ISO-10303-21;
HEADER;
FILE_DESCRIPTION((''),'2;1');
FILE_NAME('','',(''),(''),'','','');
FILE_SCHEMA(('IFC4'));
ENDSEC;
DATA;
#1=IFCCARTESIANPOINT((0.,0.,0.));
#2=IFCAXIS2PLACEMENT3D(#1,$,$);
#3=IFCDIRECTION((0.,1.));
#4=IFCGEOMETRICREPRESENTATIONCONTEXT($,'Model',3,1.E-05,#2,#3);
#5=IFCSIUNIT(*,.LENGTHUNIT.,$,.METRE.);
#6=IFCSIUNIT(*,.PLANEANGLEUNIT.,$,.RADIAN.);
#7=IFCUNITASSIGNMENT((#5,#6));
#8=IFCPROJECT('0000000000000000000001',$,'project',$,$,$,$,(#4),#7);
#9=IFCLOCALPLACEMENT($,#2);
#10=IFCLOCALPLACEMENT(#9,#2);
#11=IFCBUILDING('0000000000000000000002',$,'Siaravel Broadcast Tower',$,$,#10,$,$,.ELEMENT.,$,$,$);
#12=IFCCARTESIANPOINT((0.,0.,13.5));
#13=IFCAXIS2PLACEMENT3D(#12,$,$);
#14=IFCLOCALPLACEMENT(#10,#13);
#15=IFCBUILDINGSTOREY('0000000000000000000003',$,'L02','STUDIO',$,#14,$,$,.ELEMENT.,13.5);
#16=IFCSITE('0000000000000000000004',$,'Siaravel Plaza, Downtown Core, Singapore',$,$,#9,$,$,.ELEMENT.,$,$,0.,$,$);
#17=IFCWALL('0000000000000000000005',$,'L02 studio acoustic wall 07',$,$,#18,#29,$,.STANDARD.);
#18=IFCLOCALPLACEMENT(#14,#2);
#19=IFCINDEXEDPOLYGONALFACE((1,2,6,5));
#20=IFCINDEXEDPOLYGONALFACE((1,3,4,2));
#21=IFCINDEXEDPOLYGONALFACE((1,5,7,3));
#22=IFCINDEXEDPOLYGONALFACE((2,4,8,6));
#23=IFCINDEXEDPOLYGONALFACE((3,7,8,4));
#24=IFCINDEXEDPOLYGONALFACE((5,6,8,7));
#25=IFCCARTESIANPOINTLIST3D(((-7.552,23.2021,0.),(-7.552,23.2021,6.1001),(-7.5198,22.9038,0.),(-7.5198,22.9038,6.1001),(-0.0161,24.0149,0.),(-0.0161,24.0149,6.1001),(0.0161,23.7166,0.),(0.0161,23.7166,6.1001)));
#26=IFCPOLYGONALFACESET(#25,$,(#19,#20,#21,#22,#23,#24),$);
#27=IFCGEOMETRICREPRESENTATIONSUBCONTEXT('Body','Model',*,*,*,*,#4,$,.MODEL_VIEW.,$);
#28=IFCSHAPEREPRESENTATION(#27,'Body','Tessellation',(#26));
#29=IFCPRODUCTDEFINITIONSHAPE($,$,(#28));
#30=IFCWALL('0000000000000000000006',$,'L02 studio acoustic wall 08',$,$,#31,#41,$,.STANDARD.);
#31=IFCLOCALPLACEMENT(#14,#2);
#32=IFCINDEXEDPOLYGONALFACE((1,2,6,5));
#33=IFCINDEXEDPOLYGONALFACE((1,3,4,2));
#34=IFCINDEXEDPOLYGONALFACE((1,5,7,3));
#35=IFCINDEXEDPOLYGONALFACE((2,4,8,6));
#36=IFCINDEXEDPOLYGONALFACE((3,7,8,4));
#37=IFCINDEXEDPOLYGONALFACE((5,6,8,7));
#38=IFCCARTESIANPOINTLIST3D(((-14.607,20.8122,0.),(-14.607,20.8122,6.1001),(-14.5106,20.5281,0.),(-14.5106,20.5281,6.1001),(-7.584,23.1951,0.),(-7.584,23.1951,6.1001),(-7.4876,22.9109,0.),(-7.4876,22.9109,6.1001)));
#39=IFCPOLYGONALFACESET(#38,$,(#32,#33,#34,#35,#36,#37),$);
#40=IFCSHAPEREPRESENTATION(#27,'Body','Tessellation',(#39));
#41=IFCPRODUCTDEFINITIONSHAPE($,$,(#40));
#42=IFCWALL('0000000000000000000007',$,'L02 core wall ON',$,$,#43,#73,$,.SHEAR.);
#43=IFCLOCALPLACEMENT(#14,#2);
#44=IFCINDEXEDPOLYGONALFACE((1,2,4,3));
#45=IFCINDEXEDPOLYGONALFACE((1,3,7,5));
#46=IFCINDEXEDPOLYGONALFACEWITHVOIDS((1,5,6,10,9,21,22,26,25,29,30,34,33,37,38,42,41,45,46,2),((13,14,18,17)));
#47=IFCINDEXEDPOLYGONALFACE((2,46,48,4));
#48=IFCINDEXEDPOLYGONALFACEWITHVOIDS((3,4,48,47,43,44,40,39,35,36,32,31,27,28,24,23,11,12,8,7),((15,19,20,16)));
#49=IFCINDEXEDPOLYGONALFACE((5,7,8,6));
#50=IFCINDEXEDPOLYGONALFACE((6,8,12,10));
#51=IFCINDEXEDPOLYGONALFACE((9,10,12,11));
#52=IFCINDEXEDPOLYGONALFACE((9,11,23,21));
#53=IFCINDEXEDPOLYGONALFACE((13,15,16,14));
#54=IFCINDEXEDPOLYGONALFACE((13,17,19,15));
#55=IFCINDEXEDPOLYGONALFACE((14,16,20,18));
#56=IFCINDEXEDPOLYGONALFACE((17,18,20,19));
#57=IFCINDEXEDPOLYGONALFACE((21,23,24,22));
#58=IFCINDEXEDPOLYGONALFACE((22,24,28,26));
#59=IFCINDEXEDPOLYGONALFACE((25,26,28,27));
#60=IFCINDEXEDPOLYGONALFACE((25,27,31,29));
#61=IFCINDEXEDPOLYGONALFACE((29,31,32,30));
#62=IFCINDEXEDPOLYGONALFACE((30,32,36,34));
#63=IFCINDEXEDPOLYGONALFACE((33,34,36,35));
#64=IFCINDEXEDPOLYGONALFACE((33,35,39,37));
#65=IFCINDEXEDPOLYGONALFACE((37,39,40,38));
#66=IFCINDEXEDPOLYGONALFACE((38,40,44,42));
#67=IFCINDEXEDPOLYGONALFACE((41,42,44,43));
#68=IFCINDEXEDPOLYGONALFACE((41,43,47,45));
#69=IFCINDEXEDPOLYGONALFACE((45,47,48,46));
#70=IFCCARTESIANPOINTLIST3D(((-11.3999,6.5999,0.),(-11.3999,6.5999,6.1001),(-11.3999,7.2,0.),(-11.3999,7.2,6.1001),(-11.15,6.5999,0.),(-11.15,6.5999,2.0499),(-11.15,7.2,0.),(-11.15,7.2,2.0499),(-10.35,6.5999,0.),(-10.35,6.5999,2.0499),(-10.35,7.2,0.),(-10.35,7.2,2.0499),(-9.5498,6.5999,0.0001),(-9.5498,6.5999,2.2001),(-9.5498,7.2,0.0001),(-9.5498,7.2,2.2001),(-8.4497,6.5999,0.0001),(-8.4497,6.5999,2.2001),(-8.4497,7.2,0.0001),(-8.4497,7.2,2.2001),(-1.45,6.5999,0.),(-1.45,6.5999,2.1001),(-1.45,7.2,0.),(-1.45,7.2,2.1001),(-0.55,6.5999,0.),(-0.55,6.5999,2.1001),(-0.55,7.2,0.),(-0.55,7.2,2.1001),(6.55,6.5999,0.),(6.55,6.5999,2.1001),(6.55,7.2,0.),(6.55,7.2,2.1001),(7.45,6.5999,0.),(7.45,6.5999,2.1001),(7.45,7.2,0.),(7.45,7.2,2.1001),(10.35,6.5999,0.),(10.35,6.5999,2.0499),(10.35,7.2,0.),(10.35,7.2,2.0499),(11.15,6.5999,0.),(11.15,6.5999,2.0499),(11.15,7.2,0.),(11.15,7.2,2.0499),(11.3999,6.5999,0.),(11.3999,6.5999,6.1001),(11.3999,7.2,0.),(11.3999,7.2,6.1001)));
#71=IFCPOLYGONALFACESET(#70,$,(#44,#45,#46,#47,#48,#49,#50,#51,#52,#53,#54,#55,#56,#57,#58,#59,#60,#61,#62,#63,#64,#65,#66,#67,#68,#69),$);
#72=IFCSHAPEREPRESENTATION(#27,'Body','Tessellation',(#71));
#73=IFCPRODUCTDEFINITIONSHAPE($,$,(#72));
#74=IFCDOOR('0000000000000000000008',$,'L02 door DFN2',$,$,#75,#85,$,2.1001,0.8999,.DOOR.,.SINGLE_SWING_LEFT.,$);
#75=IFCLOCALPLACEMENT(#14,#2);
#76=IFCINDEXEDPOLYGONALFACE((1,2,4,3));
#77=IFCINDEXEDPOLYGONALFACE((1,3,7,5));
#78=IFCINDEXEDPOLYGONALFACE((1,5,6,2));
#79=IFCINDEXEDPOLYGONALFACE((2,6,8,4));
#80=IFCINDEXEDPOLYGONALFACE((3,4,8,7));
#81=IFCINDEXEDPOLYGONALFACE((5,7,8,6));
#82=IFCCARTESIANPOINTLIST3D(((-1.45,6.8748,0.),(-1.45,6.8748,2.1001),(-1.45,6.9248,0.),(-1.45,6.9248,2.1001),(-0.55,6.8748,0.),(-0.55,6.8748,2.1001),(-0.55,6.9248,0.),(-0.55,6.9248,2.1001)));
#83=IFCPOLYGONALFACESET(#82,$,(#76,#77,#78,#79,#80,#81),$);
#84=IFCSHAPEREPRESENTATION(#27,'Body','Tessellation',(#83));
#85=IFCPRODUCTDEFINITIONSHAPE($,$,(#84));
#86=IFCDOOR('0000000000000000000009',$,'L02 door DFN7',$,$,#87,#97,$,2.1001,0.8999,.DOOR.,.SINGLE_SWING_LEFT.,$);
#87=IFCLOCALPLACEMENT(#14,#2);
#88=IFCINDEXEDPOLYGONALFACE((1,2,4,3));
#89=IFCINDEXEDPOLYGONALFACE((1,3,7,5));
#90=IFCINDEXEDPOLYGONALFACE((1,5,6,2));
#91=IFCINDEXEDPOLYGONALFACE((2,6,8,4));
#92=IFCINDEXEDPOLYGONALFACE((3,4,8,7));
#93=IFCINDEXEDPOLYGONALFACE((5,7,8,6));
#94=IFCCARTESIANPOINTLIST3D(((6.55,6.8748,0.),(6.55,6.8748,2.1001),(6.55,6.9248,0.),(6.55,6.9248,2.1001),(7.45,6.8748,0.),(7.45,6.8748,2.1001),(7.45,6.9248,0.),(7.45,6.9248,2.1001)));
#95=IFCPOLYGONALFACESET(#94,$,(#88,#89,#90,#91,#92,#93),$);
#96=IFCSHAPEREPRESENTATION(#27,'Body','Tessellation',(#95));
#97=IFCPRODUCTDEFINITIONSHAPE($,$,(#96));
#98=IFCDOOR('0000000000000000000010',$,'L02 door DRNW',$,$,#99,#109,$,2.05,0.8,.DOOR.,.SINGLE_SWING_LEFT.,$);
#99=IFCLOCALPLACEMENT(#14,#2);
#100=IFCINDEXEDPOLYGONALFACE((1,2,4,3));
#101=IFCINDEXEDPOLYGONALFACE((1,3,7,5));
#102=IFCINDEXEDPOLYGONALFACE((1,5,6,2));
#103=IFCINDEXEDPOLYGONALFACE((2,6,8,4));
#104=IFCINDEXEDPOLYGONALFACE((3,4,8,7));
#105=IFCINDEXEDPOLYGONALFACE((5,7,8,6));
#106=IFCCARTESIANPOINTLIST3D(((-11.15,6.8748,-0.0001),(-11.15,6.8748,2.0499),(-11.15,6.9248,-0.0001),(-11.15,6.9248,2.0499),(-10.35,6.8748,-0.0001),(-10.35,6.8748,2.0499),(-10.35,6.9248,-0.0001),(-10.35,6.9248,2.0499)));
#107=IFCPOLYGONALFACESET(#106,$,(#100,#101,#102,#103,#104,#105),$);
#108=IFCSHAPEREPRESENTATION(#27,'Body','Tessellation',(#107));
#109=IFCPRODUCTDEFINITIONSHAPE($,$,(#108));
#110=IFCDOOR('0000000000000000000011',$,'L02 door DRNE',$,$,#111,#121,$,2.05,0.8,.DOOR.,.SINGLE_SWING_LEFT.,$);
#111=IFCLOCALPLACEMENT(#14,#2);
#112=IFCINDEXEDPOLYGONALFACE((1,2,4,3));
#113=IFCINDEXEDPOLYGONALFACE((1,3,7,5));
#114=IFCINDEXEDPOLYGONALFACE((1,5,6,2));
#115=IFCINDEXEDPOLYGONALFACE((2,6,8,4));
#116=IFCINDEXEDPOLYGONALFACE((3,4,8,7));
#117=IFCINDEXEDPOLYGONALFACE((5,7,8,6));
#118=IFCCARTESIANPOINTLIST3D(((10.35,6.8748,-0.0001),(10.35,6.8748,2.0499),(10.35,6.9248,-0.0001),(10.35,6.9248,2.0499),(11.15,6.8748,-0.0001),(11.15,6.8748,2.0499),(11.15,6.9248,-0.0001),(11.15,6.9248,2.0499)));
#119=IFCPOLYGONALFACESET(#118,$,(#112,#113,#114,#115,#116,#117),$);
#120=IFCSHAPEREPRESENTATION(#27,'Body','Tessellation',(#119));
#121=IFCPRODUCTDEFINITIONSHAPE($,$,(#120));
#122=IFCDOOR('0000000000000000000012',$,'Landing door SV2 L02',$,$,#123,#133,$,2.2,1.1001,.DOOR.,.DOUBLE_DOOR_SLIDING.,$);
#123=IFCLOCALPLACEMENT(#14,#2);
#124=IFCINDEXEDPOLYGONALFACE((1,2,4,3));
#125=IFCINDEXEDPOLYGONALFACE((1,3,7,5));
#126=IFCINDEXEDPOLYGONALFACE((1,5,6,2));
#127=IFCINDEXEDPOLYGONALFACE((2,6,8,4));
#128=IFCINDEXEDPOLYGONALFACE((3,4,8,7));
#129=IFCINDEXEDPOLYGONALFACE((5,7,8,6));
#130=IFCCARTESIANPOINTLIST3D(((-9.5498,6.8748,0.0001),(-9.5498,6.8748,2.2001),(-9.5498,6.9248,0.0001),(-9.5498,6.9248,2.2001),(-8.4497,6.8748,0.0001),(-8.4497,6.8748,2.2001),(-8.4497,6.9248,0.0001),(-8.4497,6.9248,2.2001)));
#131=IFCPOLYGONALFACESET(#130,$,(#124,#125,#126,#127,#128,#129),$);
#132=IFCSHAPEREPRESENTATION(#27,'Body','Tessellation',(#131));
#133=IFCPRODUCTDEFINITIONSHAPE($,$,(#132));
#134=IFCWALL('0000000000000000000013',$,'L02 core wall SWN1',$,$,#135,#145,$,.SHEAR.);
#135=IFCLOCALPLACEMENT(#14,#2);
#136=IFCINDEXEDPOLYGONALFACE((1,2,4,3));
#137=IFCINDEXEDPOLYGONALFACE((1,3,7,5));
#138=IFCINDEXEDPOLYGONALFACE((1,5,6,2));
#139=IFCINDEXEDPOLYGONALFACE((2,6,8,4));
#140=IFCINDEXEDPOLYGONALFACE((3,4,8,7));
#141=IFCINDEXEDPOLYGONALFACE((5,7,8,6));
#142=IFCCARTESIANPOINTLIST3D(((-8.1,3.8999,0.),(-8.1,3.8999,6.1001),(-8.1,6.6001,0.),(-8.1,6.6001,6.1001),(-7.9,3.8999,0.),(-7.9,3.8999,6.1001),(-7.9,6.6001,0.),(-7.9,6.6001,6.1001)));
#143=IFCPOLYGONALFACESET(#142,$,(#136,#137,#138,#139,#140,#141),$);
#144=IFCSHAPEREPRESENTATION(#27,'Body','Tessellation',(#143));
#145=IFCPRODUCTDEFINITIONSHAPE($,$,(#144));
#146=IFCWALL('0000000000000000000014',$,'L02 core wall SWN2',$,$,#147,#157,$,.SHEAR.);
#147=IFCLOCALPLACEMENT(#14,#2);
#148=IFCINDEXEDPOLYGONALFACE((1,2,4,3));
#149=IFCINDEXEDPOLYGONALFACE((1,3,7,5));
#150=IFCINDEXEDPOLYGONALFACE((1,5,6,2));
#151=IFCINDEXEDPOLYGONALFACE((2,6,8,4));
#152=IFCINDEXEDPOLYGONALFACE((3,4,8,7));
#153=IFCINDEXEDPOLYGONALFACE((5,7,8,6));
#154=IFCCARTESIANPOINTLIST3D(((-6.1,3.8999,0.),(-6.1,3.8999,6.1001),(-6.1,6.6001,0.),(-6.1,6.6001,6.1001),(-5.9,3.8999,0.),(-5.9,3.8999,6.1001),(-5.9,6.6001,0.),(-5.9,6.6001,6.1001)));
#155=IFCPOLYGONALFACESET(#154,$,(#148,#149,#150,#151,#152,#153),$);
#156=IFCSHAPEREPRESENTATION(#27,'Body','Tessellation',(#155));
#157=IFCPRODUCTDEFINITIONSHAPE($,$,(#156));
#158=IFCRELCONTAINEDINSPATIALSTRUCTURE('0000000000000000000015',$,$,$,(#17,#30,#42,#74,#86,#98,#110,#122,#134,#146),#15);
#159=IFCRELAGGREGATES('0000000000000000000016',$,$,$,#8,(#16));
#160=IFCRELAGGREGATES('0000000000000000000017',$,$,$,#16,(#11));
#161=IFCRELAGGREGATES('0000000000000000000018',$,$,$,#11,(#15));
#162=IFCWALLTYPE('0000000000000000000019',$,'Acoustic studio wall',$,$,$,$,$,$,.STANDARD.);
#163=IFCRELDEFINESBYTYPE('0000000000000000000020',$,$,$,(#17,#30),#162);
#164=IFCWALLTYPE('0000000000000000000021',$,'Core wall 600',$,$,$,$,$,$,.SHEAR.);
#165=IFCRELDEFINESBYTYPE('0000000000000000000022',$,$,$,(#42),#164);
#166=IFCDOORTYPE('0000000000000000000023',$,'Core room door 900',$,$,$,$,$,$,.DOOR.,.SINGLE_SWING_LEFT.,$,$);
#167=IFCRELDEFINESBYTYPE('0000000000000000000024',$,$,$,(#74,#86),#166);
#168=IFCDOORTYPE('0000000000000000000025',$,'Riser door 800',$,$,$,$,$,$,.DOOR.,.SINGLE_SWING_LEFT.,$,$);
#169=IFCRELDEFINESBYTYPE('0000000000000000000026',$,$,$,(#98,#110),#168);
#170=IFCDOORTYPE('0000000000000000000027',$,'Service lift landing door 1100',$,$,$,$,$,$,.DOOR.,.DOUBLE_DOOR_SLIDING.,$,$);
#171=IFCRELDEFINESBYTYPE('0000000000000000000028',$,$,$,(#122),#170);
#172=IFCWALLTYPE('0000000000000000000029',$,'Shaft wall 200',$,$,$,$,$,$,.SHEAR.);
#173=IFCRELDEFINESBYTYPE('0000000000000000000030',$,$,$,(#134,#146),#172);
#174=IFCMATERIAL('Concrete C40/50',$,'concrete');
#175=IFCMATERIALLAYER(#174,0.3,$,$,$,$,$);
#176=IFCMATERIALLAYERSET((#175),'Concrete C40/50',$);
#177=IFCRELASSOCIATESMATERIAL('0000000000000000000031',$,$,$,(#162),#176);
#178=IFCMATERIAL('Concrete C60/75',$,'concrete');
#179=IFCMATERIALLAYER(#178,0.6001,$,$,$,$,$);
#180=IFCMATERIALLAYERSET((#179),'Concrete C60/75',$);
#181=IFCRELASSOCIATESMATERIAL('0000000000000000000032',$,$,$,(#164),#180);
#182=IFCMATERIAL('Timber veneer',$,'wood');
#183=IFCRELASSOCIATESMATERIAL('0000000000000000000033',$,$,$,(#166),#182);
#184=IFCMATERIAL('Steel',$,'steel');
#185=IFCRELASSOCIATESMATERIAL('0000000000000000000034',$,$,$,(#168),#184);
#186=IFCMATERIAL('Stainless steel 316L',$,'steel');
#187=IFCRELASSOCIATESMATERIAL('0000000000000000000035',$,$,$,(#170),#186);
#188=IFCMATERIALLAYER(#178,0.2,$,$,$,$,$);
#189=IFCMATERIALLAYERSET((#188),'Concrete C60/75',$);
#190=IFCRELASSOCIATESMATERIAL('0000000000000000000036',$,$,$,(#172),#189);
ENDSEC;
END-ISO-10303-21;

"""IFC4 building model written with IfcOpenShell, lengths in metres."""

from ifc_helpers import new_model, si_unit, direction, frame, frame_2d, origin, place, context, subcontext, project, spatial, rectangle, extrude, material, layer, layer_set, type_object, element, fill, save


model = new_model("IFC4")

# Units and contexts
model_context = context("Model", 3, precision=1e-05, world=origin(), true_north=direction((0.0, 1.0)))
body_context = subcontext(model_context, "Body", "Model", "MODEL_VIEW")
ifc_project = project(units=[si_unit("LENGTHUNIT", "METRE"), si_unit("PLANEANGLEUNIT", "RADIAN")], contexts=[model_context])

# Site, building, storey
site_placement = place(None, origin())
site = spatial("IfcSite", under=ifc_project, at=site_placement, Name="Siaravel Plaza, Downtown Core, Singapore", CompositionType="ELEMENT", RefElevation=0.0)
building_placement = place(site_placement, origin())
building = spatial("IfcBuilding", under=site, at=building_placement, Name="Siaravel Broadcast Tower", CompositionType="ELEMENT")
storey_placement = place(building_placement, frame((0.0, 0.0, 13.5)))
storey = spatial("IfcBuildingStorey", under=building, at=storey_placement, Name="L02", Description="STUDIO", CompositionType="ELEMENT", Elevation=13.5)

# Walls
ifc_material_1 = material(Name="Concrete C40/50", Category="concrete")
ifc_layer_1 = layer(ifc_material_1, 0.3)
ifc_layer_set_1 = layer_set([ifc_layer_1], Name="Concrete C40/50")
wall_type_1 = type_object("IfcWallType", Name="Acoustic studio wall", PredefinedType="STANDARD", material=ifc_layer_set_1)
wall_1_placement = place(storey_placement, frame((0.0, 23.8657, 0.0), z_axis=(0.0, 0.0, 1.0), x_axis=(-0.994234, -0.107228, 0.0)))
element("IfcWall", 1, at=wall_1_placement, inside=storey, type_object=wall_type_1, Name="L02 studio acoustic wall 07", PredefinedType="STANDARD", context=body_context, shape_type="SweptSolid", body=[
    extrude(rectangle(XDim=7.5796, YDim=0.3, at=frame_2d((3.7898, 0.0))), origin(), (0.0, 0.0, 1.0), 6.1001),
])
wall_2_placement = place(storey_placement, frame((-7.5359, 23.053, 0.0), z_axis=(0.0, 0.0, 1.0), x_axis=(-0.946978, -0.3213, 0.0)))
element("IfcWall", 2, at=wall_2_placement, inside=storey, type_object=wall_type_1, Name="L02 studio acoustic wall 08", PredefinedType="STANDARD", context=body_context, shape_type="SweptSolid", body=[
    extrude(rectangle(XDim=7.4163, YDim=0.3, at=frame_2d((3.708, 0.0))), origin(), (0.0, 0.0, 1.0), 6.1001),
])

# Wall, openings, doors
ifc_material_2 = material(Name="Concrete C60/75", Category="concrete")
ifc_layer_2 = layer(ifc_material_2, 0.6001)
ifc_layer_set_2 = layer_set([ifc_layer_2], Name="Concrete C60/75")
wall_type_2 = type_object("IfcWallType", Name="Core wall 600", PredefinedType="SHEAR", material=ifc_layer_set_2)
wall_3_placement = place(storey_placement, frame((-11.3999, 6.8999, 0.0), z_axis=(0.0, 0.0, 1.0), x_axis=(1.0, 0.0, 0.0)))
wall_3 = element("IfcWall", 3, at=wall_3_placement, inside=storey, type_object=wall_type_2, Name="L02 core wall ON", PredefinedType="SHEAR", context=body_context, shape_type="SweptSolid", body=[
    extrude(rectangle(XDim=22.7998, YDim=0.6001, at=frame_2d((11.3999, 0.0))), origin(), (0.0, 0.0, 1.0), 6.1001),
])
opening_1_placement = place(wall_3_placement, frame((1.8501, 0.0, 0.0)))
opening_1 = element("IfcOpeningElement", 4, at=opening_1_placement, cuts=wall_3, PredefinedType="OPENING", context=body_context, shape_type="SweptSolid", body=[
    extrude(rectangle(XDim=1.1001, YDim=2.2, at=frame_2d((0.55, 1.1001))), frame((0.0, 0.3101, 0.0), z_axis=(0.0, -1.0, 0.0), x_axis=(1.0, 0.0, 0.0)), (0.0, 0.0, 1.0), 0.6201),
])
opening_2_placement = place(wall_3_placement, frame((9.95, 0.0, 0.0)))
opening_2 = element("IfcOpeningElement", 5, at=opening_2_placement, cuts=wall_3, PredefinedType="OPENING", context=body_context, shape_type="SweptSolid", body=[
    extrude(rectangle(XDim=0.8999, YDim=2.1001, at=frame_2d((0.45, 1.05))), frame((0.0, 0.3101, 0.0), z_axis=(0.0, -1.0, 0.0), x_axis=(1.0, 0.0, 0.0)), (0.0, 0.0, 1.0), 0.6201),
])
opening_3_placement = place(wall_3_placement, frame((17.95, 0.0, 0.0)))
opening_3 = element("IfcOpeningElement", 6, at=opening_3_placement, cuts=wall_3, PredefinedType="OPENING", context=body_context, shape_type="SweptSolid", body=[
    extrude(rectangle(XDim=0.8999, YDim=2.1001, at=frame_2d((0.45, 1.05))), frame((0.0, 0.3101, 0.0), z_axis=(0.0, -1.0, 0.0), x_axis=(1.0, 0.0, 0.0)), (0.0, 0.0, 1.0), 0.6201),
])
opening_4_placement = place(wall_3_placement, frame((0.25, 0.0, 0.0)))
opening_4 = element("IfcOpeningElement", 7, at=opening_4_placement, cuts=wall_3, PredefinedType="OPENING", context=body_context, shape_type="SweptSolid", body=[
    extrude(rectangle(XDim=0.8, YDim=2.05, at=frame_2d((0.3999, 1.0249))), frame((0.0, 0.3101, 0.0), z_axis=(0.0, -1.0, 0.0), x_axis=(1.0, 0.0, 0.0)), (0.0, 0.0, 1.0), 0.6201),
])
opening_5_placement = place(wall_3_placement, frame((21.75, 0.0, 0.0)))
opening_5 = element("IfcOpeningElement", 8, at=opening_5_placement, cuts=wall_3, PredefinedType="OPENING", context=body_context, shape_type="SweptSolid", body=[
    extrude(rectangle(XDim=0.8, YDim=2.05, at=frame_2d((0.3999, 1.0249))), frame((0.0, 0.3101, 0.0), z_axis=(0.0, -1.0, 0.0), x_axis=(1.0, 0.0, 0.0)), (0.0, 0.0, 1.0), 0.6201),
])
ifc_material_3 = material(Name="Timber veneer", Category="wood")
door_type_1 = type_object("IfcDoorType", Name="Core room door 900", OperationType="SINGLE_SWING_LEFT", PredefinedType="DOOR", material=ifc_material_3)
door_1_placement = place(opening_2_placement, origin())
door_1 = element("IfcDoor", 9, at=door_1_placement, inside=storey, type_object=door_type_1, Name="L02 door DFN2", OperationType="SINGLE_SWING_LEFT", OverallHeight=2.1001, OverallWidth=0.8999, PredefinedType="DOOR", context=body_context, shape_type="SweptSolid", body=[
    extrude(rectangle(XDim=0.8999, YDim=2.1001, at=frame_2d((0.45, 1.05))), frame((0.0, 0.0249, 0.0), z_axis=(0.0, -1.0, 0.0), x_axis=(1.0, 0.0, 0.0)), (0.0, 0.0, 1.0), 0.05),
])
fill(opening_2, door_1)
door_2_placement = place(opening_3_placement, origin())
door_2 = element("IfcDoor", 10, at=door_2_placement, inside=storey, type_object=door_type_1, Name="L02 door DFN7", OperationType="SINGLE_SWING_LEFT", OverallHeight=2.1001, OverallWidth=0.8999, PredefinedType="DOOR", context=body_context, shape_type="SweptSolid", body=[
    extrude(rectangle(XDim=0.8999, YDim=2.1001, at=frame_2d((0.45, 1.05))), frame((0.0, 0.0249, 0.0), z_axis=(0.0, -1.0, 0.0), x_axis=(1.0, 0.0, 0.0)), (0.0, 0.0, 1.0), 0.05),
])
fill(opening_3, door_2)
ifc_material_4 = material(Name="Steel", Category="steel")
door_type_2 = type_object("IfcDoorType", Name="Riser door 800", OperationType="SINGLE_SWING_LEFT", PredefinedType="DOOR", material=ifc_material_4)
door_3_placement = place(opening_4_placement, origin())
door_3 = element("IfcDoor", 11, at=door_3_placement, inside=storey, type_object=door_type_2, Name="L02 door DRNW", OperationType="SINGLE_SWING_LEFT", OverallHeight=2.05, OverallWidth=0.8, PredefinedType="DOOR", context=body_context, shape_type="SweptSolid", body=[
    extrude(rectangle(XDim=0.8, YDim=2.05, at=frame_2d((0.3999, 1.0249))), frame((0.0, 0.0249, 0.0), z_axis=(0.0, -1.0, 0.0), x_axis=(1.0, 0.0, 0.0)), (0.0, 0.0, 1.0), 0.05),
])
fill(opening_4, door_3)
door_4_placement = place(opening_5_placement, origin())
door_4 = element("IfcDoor", 12, at=door_4_placement, inside=storey, type_object=door_type_2, Name="L02 door DRNE", OperationType="SINGLE_SWING_LEFT", OverallHeight=2.05, OverallWidth=0.8, PredefinedType="DOOR", context=body_context, shape_type="SweptSolid", body=[
    extrude(rectangle(XDim=0.8, YDim=2.05, at=frame_2d((0.3999, 1.0249))), frame((0.0, 0.0249, 0.0), z_axis=(0.0, -1.0, 0.0), x_axis=(1.0, 0.0, 0.0)), (0.0, 0.0, 1.0), 0.05),
])
fill(opening_5, door_4)
ifc_material_5 = material(Name="Stainless steel 316L", Category="steel")
door_type_3 = type_object("IfcDoorType", Name="Service lift landing door 1100", OperationType="DOUBLE_DOOR_SLIDING", PredefinedType="DOOR", material=ifc_material_5)
door_5_placement = place(opening_1_placement, origin())
door_5 = element("IfcDoor", 13, at=door_5_placement, inside=storey, type_object=door_type_3, Name="Landing door SV2 L02", OperationType="DOUBLE_DOOR_SLIDING", OverallHeight=2.2, OverallWidth=1.1001, PredefinedType="DOOR", context=body_context, shape_type="SweptSolid", body=[
    extrude(rectangle(XDim=1.1001, YDim=2.2, at=frame_2d((0.55, 1.1001))), frame((0.0, 0.0249, 0.0), z_axis=(0.0, -1.0, 0.0), x_axis=(1.0, 0.0, 0.0)), (0.0, 0.0, 1.0), 0.05),
])
fill(opening_1, door_5)

# Walls
ifc_layer_3 = layer(ifc_material_2, 0.2)
ifc_layer_set_3 = layer_set([ifc_layer_3], Name="Concrete C60/75")
wall_type_3 = type_object("IfcWallType", Name="Shaft wall 200", PredefinedType="SHEAR", material=ifc_layer_set_3)
for number, where, z_axis, x_axis, name in (
    (14, (-8.0, 3.8999, 0.0), (0.0, 0.0, 1.0), (0.0, 1.0, 0.0), "L02 core wall SWN1"),
    (15, (-6.0, 3.8999, 0.0), (0.0, 0.0, 1.0), (0.0, 1.0, 0.0), "L02 core wall SWN2"),
):
    element("IfcWall", number, at=place(storey_placement, frame(where, z_axis=z_axis, x_axis=x_axis)), inside=storey, type_object=wall_type_3, Name=name, PredefinedType="SHEAR", context=body_context, shape_type="SweptSolid", body=[
        extrude(rectangle(XDim=2.7002, YDim=0.2, at=frame_2d((1.3501, 0.0))), origin(), (0.0, 0.0, 1.0), 6.1001),
    ])

save(model, "model.ifc")
